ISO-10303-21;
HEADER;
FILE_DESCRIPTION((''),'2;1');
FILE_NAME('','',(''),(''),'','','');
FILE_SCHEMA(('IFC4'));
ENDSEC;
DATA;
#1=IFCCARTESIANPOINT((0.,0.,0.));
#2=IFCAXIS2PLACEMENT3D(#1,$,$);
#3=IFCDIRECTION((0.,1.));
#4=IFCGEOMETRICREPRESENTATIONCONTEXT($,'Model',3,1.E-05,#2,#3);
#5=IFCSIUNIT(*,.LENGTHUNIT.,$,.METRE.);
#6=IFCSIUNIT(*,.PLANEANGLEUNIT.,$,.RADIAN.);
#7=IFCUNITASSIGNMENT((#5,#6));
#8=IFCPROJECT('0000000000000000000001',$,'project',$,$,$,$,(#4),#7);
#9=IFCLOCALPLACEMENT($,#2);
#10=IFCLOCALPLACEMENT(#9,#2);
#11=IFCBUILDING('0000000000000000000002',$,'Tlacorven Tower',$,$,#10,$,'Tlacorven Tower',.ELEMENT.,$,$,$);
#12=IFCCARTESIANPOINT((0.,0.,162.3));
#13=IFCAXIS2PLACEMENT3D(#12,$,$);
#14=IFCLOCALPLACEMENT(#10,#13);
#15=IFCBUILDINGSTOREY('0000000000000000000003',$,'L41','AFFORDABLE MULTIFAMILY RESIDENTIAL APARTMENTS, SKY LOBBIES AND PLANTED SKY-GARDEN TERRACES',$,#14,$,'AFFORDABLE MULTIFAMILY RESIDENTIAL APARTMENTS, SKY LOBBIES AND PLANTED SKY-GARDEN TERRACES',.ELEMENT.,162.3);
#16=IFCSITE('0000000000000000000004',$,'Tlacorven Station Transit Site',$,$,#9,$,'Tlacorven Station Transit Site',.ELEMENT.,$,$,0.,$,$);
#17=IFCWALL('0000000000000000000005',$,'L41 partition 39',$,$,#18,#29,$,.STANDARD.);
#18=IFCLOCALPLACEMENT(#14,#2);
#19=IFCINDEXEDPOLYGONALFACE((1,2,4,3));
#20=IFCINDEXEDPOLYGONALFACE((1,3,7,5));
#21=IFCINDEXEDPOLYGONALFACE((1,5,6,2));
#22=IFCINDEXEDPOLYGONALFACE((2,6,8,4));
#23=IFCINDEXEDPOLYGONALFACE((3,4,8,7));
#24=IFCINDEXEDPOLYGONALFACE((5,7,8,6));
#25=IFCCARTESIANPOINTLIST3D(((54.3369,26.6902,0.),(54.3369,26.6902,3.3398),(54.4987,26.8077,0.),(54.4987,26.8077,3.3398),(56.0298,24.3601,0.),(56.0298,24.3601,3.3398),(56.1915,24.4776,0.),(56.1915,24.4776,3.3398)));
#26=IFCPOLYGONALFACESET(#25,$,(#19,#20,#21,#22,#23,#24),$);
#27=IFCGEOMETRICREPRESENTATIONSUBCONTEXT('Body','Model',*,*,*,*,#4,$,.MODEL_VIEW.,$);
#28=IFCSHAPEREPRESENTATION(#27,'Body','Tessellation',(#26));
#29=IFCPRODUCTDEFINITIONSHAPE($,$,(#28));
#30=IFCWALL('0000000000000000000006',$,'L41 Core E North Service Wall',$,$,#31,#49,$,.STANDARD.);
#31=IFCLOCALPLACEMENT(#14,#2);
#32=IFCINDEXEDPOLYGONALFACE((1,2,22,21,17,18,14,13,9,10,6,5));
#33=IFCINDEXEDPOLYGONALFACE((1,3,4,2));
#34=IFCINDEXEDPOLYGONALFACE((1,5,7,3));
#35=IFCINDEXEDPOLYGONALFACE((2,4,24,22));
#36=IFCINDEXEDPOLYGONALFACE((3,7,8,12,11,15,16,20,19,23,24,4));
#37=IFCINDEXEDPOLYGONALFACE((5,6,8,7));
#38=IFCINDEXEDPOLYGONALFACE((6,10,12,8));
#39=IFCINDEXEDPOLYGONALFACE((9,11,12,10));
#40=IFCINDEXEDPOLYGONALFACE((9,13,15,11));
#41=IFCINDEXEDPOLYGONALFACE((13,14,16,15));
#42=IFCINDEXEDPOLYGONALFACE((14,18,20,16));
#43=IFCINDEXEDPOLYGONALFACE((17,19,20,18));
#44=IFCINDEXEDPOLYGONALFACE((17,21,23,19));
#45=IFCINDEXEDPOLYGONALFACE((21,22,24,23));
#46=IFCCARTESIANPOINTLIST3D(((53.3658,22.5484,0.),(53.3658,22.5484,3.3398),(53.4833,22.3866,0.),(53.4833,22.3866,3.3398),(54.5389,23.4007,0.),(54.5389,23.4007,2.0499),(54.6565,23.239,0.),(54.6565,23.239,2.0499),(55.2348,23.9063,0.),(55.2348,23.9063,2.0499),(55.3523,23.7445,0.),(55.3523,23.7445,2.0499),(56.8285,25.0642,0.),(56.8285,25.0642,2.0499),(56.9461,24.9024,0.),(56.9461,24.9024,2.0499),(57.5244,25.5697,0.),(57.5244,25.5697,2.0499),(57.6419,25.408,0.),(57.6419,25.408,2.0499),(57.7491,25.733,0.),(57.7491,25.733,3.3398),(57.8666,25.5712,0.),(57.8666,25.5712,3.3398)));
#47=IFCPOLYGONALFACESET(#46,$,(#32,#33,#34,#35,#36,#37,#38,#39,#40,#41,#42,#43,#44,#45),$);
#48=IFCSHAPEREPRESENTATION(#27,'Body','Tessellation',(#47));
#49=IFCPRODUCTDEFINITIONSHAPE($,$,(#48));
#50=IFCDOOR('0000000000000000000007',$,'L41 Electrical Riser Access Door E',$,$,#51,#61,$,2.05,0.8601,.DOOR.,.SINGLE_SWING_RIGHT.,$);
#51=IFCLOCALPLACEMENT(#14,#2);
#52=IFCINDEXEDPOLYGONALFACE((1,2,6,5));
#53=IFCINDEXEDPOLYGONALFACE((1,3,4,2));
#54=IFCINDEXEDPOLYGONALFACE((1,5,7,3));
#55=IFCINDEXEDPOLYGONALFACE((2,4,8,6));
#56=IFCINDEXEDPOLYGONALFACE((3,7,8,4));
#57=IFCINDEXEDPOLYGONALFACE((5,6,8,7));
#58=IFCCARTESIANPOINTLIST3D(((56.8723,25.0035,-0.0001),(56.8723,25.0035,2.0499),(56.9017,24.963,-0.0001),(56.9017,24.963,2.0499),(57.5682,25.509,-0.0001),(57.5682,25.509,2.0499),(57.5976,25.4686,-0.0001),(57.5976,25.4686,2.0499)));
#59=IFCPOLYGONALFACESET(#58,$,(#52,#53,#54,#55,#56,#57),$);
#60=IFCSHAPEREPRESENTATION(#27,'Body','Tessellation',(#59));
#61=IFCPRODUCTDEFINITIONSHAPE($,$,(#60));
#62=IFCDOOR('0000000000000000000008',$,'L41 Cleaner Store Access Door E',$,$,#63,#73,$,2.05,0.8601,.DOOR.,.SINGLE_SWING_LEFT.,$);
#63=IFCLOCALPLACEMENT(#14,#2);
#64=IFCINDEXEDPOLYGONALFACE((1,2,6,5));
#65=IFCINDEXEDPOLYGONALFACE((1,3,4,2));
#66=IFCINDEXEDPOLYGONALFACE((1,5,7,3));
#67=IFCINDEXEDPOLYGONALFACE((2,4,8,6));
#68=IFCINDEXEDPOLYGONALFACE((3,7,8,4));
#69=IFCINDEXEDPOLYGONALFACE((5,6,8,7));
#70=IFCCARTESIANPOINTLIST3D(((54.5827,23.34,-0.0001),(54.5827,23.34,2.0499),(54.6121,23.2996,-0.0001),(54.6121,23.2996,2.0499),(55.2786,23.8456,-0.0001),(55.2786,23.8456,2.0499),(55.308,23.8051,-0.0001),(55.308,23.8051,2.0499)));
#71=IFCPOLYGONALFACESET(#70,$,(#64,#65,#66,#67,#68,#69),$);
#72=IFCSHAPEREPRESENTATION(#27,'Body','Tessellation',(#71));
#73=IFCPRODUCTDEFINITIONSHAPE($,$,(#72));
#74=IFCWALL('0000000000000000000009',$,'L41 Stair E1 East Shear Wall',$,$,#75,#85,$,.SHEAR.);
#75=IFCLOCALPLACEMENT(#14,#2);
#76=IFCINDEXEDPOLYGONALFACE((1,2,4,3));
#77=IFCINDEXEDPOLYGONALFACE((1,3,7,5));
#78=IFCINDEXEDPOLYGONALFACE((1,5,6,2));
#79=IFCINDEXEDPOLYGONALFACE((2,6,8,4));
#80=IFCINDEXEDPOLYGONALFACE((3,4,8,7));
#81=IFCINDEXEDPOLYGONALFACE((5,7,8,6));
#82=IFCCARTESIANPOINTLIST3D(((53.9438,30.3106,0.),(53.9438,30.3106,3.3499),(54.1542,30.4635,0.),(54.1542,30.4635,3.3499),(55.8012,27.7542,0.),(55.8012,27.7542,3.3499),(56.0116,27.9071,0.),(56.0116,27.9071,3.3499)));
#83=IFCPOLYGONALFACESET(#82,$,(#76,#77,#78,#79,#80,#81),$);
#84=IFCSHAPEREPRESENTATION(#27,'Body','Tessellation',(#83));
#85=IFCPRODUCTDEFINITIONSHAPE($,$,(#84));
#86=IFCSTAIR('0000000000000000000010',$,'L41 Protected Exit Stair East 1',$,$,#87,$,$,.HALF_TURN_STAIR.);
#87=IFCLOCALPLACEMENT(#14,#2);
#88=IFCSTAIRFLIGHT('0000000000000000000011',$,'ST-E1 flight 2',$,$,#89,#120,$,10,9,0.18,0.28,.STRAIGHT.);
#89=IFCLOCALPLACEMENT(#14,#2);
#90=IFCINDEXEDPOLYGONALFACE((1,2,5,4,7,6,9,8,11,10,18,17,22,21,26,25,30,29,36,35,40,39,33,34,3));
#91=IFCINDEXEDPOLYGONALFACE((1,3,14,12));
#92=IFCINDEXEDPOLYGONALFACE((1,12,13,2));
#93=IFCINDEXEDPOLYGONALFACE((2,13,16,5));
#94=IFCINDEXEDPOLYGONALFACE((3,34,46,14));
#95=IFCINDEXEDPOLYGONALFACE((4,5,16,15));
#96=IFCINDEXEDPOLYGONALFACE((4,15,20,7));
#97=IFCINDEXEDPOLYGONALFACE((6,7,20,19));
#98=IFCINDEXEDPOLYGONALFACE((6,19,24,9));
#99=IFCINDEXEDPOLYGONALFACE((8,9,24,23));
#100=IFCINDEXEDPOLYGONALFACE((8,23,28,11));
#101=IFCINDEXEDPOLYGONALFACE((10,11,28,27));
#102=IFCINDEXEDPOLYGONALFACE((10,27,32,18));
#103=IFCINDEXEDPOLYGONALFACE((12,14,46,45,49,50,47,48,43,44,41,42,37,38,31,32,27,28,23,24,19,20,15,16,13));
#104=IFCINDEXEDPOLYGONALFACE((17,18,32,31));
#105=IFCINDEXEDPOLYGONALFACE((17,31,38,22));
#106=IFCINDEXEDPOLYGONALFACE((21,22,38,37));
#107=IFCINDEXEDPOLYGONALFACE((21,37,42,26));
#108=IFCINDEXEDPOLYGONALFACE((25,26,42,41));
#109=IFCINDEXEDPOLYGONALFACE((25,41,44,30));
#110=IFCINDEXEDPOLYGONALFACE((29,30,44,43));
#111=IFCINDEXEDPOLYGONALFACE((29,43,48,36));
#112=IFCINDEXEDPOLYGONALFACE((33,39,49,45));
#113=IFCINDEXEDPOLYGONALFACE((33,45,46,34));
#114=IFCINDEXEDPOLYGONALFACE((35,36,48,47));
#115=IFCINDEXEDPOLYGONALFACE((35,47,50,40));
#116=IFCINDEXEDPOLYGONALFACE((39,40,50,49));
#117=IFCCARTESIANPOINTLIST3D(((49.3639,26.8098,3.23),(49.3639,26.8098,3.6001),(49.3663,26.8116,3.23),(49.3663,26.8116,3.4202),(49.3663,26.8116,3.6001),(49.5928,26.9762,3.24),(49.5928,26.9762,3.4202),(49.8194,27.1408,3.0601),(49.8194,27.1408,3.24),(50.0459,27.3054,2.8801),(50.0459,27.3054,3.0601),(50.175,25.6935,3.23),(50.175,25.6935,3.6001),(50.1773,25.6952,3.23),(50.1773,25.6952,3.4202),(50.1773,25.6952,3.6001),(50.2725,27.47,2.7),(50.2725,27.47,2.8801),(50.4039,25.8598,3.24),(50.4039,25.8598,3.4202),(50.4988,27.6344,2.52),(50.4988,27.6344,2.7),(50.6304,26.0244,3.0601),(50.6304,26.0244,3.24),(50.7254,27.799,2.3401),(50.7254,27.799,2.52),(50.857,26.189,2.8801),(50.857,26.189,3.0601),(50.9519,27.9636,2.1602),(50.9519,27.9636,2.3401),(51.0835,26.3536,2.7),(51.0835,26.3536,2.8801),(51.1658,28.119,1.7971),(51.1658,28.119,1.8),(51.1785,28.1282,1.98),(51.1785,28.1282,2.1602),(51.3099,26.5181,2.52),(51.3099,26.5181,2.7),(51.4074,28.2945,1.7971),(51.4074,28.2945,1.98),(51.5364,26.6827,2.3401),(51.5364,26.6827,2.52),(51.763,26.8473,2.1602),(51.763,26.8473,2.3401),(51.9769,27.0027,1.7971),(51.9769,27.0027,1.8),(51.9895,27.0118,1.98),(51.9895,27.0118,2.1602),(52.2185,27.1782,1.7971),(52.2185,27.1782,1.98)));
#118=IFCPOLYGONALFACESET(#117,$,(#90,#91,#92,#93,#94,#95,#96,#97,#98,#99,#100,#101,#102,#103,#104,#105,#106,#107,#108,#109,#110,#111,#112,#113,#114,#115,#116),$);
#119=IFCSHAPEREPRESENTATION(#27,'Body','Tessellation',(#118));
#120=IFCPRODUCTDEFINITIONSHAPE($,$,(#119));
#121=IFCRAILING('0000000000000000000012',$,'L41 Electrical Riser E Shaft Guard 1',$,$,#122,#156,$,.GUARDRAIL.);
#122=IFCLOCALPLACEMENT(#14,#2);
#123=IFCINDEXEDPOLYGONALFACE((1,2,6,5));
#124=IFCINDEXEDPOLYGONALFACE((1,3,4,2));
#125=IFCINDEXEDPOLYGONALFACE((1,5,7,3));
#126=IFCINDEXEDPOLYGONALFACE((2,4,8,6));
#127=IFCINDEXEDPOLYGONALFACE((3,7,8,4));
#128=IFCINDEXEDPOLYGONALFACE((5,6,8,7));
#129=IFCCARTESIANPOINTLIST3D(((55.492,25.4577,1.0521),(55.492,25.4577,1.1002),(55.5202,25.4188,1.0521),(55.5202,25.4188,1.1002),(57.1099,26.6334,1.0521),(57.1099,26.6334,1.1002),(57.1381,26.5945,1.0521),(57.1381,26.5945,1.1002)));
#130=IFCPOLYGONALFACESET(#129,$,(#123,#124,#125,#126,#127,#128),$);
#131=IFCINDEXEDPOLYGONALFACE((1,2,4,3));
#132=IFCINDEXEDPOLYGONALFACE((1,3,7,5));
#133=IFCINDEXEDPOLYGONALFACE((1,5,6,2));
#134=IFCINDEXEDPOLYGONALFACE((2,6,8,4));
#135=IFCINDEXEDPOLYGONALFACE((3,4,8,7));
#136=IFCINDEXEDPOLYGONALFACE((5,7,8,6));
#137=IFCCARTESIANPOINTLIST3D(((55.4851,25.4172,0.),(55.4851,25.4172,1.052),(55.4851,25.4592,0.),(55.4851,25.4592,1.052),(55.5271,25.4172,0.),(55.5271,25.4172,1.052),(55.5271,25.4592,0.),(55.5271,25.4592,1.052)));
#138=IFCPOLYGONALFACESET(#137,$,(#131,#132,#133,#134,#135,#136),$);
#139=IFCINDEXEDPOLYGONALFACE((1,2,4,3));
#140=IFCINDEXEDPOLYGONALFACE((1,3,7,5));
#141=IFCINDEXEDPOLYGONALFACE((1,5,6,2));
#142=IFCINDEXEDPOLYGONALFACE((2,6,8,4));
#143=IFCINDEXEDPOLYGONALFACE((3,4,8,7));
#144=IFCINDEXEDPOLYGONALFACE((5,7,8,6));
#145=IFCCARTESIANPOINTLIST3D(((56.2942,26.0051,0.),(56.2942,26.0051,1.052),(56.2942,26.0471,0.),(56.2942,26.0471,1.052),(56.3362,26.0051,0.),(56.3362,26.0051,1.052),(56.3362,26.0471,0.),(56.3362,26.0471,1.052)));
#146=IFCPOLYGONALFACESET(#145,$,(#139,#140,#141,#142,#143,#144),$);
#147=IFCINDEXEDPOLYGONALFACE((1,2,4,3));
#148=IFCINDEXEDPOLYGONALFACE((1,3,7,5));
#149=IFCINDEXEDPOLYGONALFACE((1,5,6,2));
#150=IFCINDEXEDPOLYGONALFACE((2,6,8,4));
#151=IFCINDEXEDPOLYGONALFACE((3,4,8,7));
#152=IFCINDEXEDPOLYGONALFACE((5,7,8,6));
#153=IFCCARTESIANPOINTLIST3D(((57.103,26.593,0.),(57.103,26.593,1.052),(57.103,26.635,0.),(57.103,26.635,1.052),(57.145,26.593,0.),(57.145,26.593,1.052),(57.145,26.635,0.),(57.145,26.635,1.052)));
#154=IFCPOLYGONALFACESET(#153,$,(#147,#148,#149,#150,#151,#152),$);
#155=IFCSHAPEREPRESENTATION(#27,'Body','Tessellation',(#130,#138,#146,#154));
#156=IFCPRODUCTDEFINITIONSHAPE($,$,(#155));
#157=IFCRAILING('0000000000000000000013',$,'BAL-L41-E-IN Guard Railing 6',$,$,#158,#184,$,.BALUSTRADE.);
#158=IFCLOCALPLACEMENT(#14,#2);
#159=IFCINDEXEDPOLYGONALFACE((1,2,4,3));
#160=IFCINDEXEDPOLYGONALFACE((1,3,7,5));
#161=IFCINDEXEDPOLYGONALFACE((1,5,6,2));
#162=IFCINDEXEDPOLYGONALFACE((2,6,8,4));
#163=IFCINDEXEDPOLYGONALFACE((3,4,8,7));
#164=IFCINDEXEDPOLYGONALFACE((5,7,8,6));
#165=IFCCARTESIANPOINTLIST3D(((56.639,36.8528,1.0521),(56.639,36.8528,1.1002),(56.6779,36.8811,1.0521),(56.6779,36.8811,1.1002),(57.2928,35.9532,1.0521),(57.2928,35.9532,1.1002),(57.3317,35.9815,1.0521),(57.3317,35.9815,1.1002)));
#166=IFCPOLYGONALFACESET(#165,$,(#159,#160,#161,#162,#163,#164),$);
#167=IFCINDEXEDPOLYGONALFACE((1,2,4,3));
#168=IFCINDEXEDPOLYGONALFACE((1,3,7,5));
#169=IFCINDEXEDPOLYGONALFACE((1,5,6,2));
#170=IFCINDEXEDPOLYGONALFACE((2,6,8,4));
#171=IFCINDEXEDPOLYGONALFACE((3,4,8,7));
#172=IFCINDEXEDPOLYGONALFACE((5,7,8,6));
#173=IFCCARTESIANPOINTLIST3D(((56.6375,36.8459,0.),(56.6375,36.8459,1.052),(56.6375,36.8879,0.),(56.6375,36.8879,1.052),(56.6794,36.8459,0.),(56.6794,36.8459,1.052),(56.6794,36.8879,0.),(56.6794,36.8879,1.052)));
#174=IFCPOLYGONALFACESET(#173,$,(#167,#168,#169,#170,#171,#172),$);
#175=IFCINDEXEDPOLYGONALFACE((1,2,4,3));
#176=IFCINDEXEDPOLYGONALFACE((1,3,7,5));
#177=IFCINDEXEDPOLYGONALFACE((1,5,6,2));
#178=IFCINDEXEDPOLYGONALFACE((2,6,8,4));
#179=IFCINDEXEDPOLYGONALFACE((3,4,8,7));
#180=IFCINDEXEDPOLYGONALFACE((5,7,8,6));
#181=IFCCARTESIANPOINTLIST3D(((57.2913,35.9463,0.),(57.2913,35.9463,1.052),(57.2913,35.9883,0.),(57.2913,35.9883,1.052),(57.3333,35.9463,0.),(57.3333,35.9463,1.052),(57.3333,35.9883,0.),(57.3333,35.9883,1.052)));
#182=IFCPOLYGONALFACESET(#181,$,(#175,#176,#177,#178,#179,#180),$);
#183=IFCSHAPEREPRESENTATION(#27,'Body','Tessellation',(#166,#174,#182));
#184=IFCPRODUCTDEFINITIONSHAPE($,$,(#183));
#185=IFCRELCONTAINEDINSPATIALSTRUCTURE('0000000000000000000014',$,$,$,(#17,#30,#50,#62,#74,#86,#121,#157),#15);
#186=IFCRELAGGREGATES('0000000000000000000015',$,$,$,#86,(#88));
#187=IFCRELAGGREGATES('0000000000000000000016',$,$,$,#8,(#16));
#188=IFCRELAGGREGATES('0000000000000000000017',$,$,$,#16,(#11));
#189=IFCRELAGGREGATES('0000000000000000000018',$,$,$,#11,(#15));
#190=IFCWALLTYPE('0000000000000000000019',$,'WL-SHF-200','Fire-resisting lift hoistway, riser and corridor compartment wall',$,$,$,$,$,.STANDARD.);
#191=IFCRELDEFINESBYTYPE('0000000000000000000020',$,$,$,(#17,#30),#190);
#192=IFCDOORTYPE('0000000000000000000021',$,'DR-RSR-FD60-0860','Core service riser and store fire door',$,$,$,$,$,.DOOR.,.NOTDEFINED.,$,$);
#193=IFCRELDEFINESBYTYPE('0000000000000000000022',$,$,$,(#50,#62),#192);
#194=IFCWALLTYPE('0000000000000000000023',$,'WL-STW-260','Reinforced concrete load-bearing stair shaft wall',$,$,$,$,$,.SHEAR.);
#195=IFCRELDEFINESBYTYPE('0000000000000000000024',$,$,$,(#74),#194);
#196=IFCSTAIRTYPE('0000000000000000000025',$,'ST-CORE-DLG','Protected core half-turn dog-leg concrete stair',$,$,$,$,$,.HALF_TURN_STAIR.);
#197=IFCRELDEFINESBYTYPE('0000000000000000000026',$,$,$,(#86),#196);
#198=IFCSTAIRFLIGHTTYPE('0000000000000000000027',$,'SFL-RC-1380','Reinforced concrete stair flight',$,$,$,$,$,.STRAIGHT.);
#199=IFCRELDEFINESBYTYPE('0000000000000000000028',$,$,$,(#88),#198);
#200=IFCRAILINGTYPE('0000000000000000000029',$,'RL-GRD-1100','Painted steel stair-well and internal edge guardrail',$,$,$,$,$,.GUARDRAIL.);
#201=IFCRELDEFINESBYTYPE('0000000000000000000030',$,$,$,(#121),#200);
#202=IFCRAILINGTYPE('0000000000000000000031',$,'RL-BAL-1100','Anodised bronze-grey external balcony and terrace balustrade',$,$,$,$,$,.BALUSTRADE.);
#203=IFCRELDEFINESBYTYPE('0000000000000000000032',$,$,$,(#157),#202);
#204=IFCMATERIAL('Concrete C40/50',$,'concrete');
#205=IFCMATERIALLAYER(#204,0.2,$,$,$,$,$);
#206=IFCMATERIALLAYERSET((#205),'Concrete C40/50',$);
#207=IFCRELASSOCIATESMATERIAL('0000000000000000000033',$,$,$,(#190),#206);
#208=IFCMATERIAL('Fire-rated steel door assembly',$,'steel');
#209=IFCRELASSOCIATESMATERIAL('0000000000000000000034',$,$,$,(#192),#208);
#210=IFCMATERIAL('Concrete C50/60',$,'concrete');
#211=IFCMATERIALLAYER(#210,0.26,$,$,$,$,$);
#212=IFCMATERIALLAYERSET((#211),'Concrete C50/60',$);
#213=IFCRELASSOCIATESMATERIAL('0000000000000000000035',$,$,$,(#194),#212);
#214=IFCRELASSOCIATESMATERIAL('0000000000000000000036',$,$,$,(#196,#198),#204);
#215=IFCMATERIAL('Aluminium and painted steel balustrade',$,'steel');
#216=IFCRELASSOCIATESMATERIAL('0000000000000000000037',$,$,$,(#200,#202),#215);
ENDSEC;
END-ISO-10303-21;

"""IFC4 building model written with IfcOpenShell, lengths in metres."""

from ifc_helpers import new_model, si_unit, direction, frame, frame_2d, origin, origin_2d, place, context, subcontext, project, spatial, polyline, rectangle, outline, extrude, source, transform, mapped, material, layer, layer_set, type_object, element, fill, aggregate, save


model = new_model("IFC4")

# Units and contexts
model_context = context("Model", 3, precision=1e-05, world=origin(), true_north=direction((0.0, 1.0)))
body_context = subcontext(model_context, "Body", "Model", "MODEL_VIEW")
ifc_project = project(units=[si_unit("LENGTHUNIT", "METRE"), si_unit("PLANEANGLEUNIT", "RADIAN")], contexts=[model_context])

# Site, building, storey
site_placement = place(None, origin())
site = spatial("IfcSite", under=ifc_project, at=site_placement, Name="Tlacorven Station Transit Site", LongName="Tlacorven Station Transit Site", CompositionType="ELEMENT", RefElevation=0.0)
building_placement = place(site_placement, origin())
building = spatial("IfcBuilding", under=site, at=building_placement, Name="Tlacorven Tower", LongName="Tlacorven Tower", CompositionType="ELEMENT")
storey_placement = place(building_placement, frame((0.0, 0.0, 162.3)))
storey = spatial("IfcBuildingStorey", under=building, at=storey_placement, Name="L41", Description="AFFORDABLE MULTIFAMILY RESIDENTIAL APARTMENTS, SKY LOBBIES AND PLANTED SKY-GARDEN TERRACES", LongName="AFFORDABLE MULTIFAMILY RESIDENTIAL APARTMENTS, SKY LOBBIES AND PLANTED SKY-GARDEN TERRACES", CompositionType="ELEMENT", Elevation=162.3)

# Shared definitions
ifc_material_1 = material(Name="Fire-rated steel door assembly", Category="steel")

# Shared definitions
ifc_material_2 = material(Name="Concrete C40/50", Category="concrete")
ifc_layer_1 = layer(ifc_material_2, 0.2)
ifc_layer_set_1 = layer_set([ifc_layer_1], Name="Concrete C40/50")
wall_type_1 = type_object("IfcWallType", Name="WL-SHF-200", Description="Fire-resisting lift hoistway, riser and corridor compartment wall", PredefinedType="STANDARD", material=ifc_layer_set_1)
door_type_1 = type_object("IfcDoorType", Name="DR-RSR-FD60-0860", Description="Core service riser and store fire door", OperationType="NOTDEFINED", PredefinedType="DOOR", material=ifc_material_1)
shared_shape_1 = source(origin(), body_context, "Body", "SweptSolid", [
    extrude(rectangle(XDim=0.8601, YDim=2.05, at=frame_2d((0.4302, 1.0249))), frame((0.0, 0.0249, 0.0), z_axis=(0.0, -1.0, 0.0), x_axis=(1.0, 0.0, 0.0)), (0.0, 0.0, 1.0), 0.05),
])

# Wall
wall_1_placement = place(storey_placement, frame((56.1106, 24.4189, 0.0), z_axis=(0.0, 0.0, 1.0), x_axis=(-0.587778, 0.809022, 0.0)))
element("IfcWall", 1, at=wall_1_placement, inside=storey, type_object=wall_type_1, Name="L41 partition 39", PredefinedType="STANDARD", context=body_context, shape_type="SweptSolid", body=[
    extrude(rectangle(XDim=2.8801, YDim=0.2, at=frame_2d((1.4399, 0.0))), origin(), (0.0, 0.0, 1.0), 3.3398),
])

# Wall, openings, doors
wall_2_placement = place(storey_placement, frame((53.4246, 22.4675, 0.0), z_axis=(0.0, 0.0, 1.0), x_axis=(0.809024, 0.587775, 0.0)))
wall_2 = element("IfcWall", 2, at=wall_2_placement, inside=storey, type_object=wall_type_1, Name="L41 Core E North Service Wall", PredefinedType="STANDARD", context=body_context, shape_type="SweptSolid", body=[
    extrude(rectangle(XDim=5.418, YDim=0.2, at=frame_2d((2.709, 0.0))), origin(), (0.0, 0.0, 1.0), 3.3398),
])
opening_1_placement = place(wall_2_placement, frame((4.28, 0.0, 0.0)))
opening_1 = element("IfcOpeningElement", 3, at=opening_1_placement, cuts=wall_2, PredefinedType="OPENING", context=body_context, shape_type="SweptSolid", body=[
    extrude(rectangle(XDim=0.8601, YDim=2.05, at=frame_2d((0.4302, 1.0249))), frame((0.0, 0.1099, 0.0), z_axis=(0.0, -1.0, 0.0), x_axis=(1.0, 0.0, 0.0)), (0.0, 0.0, 1.0), 0.22),
])
opening_2_placement = place(wall_2_placement, frame((1.45, 0.0, 0.0)))
opening_2 = element("IfcOpeningElement", 4, at=opening_2_placement, cuts=wall_2, PredefinedType="OPENING", context=body_context, shape_type="SweptSolid", body=[
    extrude(rectangle(XDim=0.8601, YDim=2.05, at=frame_2d((0.4302, 1.0249))), frame((0.0, 0.1099, 0.0), z_axis=(0.0, -1.0, 0.0), x_axis=(1.0, 0.0, 0.0)), (0.0, 0.0, 1.0), 0.22),
])
door_1_placement = place(opening_1_placement, frame((0.8601, 0.0, 0.0), z_axis=(0.0, 0.0, 1.0), x_axis=(-1.0, 0.0, 0.0)))
door_1 = element("IfcDoor", 5, at=door_1_placement, inside=storey, type_object=door_type_1, Name="L41 Electrical Riser Access Door E", OperationType="SINGLE_SWING_RIGHT", OverallHeight=2.05, OverallWidth=0.8601, PredefinedType="DOOR", context=body_context, shape_type="MappedRepresentation", body=[
    mapped(shared_shape_1, transform((0.0, 0.0, 0.0), scale=1.0)),
])
fill(opening_1, door_1)
door_2_placement = place(opening_2_placement, frame((0.8601, 0.0, 0.0), z_axis=(0.0, 0.0, 1.0), x_axis=(-1.0, 0.0, 0.0)))
door_2 = element("IfcDoor", 6, at=door_2_placement, inside=storey, type_object=door_type_1, Name="L41 Cleaner Store Access Door E", OperationType="SINGLE_SWING_LEFT", OverallHeight=2.05, OverallWidth=0.8601, PredefinedType="DOOR", context=body_context, shape_type="MappedRepresentation", body=[
    mapped(shared_shape_1, transform((0.0, 0.0, 0.0), scale=1.0)),
])
fill(opening_2, door_2)

# Wall
ifc_material_3 = material(Name="Concrete C50/60", Category="concrete")
ifc_layer_2 = layer(ifc_material_3, 0.26)
ifc_layer_set_2 = layer_set([ifc_layer_2], Name="Concrete C50/60")
wall_type_2 = type_object("IfcWallType", Name="WL-STW-260", Description="Reinforced concrete load-bearing stair shaft wall", PredefinedType="SHEAR", material=ifc_layer_set_2)
wall_3_placement = place(storey_placement, frame((55.9065, 27.8306, 0.0), z_axis=(0.0, 0.0, 1.0), x_axis=(-0.587804, 0.809003, 0.0)))
element("IfcWall", 7, at=wall_3_placement, inside=storey, type_object=wall_type_2, Name="L41 Stair E1 East Shear Wall", PredefinedType="SHEAR", context=body_context, shape_type="SweptSolid", body=[
    extrude(rectangle(XDim=3.1599, YDim=0.26, at=frame_2d((1.5801, 0.0))), origin(), (0.0, 0.0, 1.0), 3.3499),
])

# Stair, stair flight
stair_type = type_object("IfcStairType", Name="ST-CORE-DLG", Description="Protected core half-turn dog-leg concrete stair", PredefinedType="HALF_TURN_STAIR", material=ifc_material_2)
stair_placement = place(storey_placement, origin())
stair = element("IfcStair", 8, at=stair_placement, inside=storey, type_object=stair_type, Name="L41 Protected Exit Stair East 1", PredefinedType="HALF_TURN_STAIR")
stair_flight_type = type_object("IfcStairFlightType", Name="SFL-RC-1380", Description="Reinforced concrete stair flight", PredefinedType="STRAIGHT", material=ifc_material_2)
shared_shape_2 = source(origin(), body_context, "Body", "SweptSolid", [
    extrude(outline(polyline([(-0.0029, -0.0029), (-0.0029, 0.1799), (0.28, 0.1799), (0.28, 0.3601), (0.5601, 0.3601), (0.5601, 0.54), (0.8401, 0.54), (0.8401, 0.72), (1.1201, 0.72), (1.1201, 0.8999), (1.3999, 0.8999), (1.3999, 1.0801), (1.6799, 1.0801), (1.6799, 1.26), (1.96, 1.26), (1.96, 1.4399), (2.24, 1.4399), (2.24, 1.6201), (2.52, 1.6201), (2.52, 1.8), (2.5229, 1.8), (2.5229, 1.4299), (2.52, 1.4299), (0.2957, 0.0), (0.2957, -0.0029), (-0.0029, -0.0029)])), frame((0.0, 0.6899, 0.0), z_axis=(0.0, -1.0, 0.0), x_axis=(1.0, 0.0, 0.0)), (0.0, 0.0, 1.0), 1.3799),
])
stair_flight_placement = place(storey_placement, frame((51.8105, 27.7346, 1.8), z_axis=(0.0, 0.0, 1.0), x_axis=(-0.809017, -0.587785, 0.0)))
stair_flight = element("IfcStairFlight", 9, at=stair_flight_placement, type_object=stair_flight_type, Name="ST-E1 flight 2", NumberOfRisers=10, NumberOfTreads=9, PredefinedType="STRAIGHT", RiserHeight=0.18, TreadLength=0.28, context=body_context, shape_type="MappedRepresentation", body=[
    mapped(shared_shape_2, transform((0.0, 0.0, 0.0), scale=1.0)),
])
aggregate(stair, [stair_flight])

# Railings
ifc_material_4 = material(Name="Aluminium and painted steel balustrade", Category="steel")
railing_type_1 = type_object("IfcRailingType", Name="RL-GRD-1100", Description="Painted steel stair-well and internal edge guardrail", PredefinedType="GUARDRAIL", material=ifc_material_4)
shared_shape_3 = source(origin(), body_context, "Body", "SweptSolid", [
    extrude(rectangle(XDim=0.0481, YDim=0.0481, at=origin_2d()), frame((0.0, 0.0, 1.0762), z_axis=(0.808947, 0.587881, 0.0), x_axis=(-0.587881, 0.808947, 0.0)), (0.0, 0.0, 1.0), 2.0),
    extrude(rectangle(XDim=0.042, YDim=0.042, at=origin_2d()), origin(), (0.0, 0.0, 1.0), 1.052),
    extrude(rectangle(XDim=0.042, YDim=0.042, at=origin_2d()), frame((0.8091, 0.5879, 0.0)), (0.0, 0.0, 1.0), 1.052),
    extrude(rectangle(XDim=0.042, YDim=0.042, at=origin_2d()), frame((1.6179, 1.1758, 0.0)), (0.0, 0.0, 1.0), 1.052),
])
railing_1_placement = place(storey_placement, frame((55.5061, 25.4382, 0.0)))
element("IfcRailing", 10, at=railing_1_placement, inside=storey, type_object=railing_type_1, Name="L41 Electrical Riser E Shaft Guard 1", PredefinedType="GUARDRAIL", context=body_context, shape_type="MappedRepresentation", body=[
    mapped(shared_shape_3, transform((0.0, 0.0, 0.0), scale=1.0)),
])
railing_type_2 = type_object("IfcRailingType", Name="RL-BAL-1100", Description="Anodised bronze-grey external balcony and terrace balustrade", PredefinedType="BALUSTRADE", material=ifc_material_4)
shared_shape_4 = source(origin(), body_context, "Body", "SweptSolid", [
    extrude(rectangle(XDim=0.0481, YDim=0.0481, at=origin_2d()), frame((0.0, 0.0, 1.0762), z_axis=(0.587884, -0.808945, 0.0), x_axis=(0.808945, 0.587884, 0.0)), (0.0, 0.0, 1.0), 1.1121),
    extrude(rectangle(XDim=0.042, YDim=0.042, at=origin_2d()), origin(), (0.0, 0.0, 1.0), 1.052),
    extrude(rectangle(XDim=0.042, YDim=0.042, at=origin_2d()), frame((0.6538, -0.8997, 0.0)), (0.0, 0.0, 1.0), 1.052),
])
railing_2_placement = place(storey_placement, frame((56.6584, 36.8669, 0.0)))
element("IfcRailing", 11, at=railing_2_placement, inside=storey, type_object=railing_type_2, Name="BAL-L41-E-IN Guard Railing 6", PredefinedType="BALUSTRADE", context=body_context, shape_type="MappedRepresentation", body=[
    mapped(shared_shape_4, transform((0.0, 0.0, 0.0), scale=1.0)),
])

save(model, "model.ifc")
